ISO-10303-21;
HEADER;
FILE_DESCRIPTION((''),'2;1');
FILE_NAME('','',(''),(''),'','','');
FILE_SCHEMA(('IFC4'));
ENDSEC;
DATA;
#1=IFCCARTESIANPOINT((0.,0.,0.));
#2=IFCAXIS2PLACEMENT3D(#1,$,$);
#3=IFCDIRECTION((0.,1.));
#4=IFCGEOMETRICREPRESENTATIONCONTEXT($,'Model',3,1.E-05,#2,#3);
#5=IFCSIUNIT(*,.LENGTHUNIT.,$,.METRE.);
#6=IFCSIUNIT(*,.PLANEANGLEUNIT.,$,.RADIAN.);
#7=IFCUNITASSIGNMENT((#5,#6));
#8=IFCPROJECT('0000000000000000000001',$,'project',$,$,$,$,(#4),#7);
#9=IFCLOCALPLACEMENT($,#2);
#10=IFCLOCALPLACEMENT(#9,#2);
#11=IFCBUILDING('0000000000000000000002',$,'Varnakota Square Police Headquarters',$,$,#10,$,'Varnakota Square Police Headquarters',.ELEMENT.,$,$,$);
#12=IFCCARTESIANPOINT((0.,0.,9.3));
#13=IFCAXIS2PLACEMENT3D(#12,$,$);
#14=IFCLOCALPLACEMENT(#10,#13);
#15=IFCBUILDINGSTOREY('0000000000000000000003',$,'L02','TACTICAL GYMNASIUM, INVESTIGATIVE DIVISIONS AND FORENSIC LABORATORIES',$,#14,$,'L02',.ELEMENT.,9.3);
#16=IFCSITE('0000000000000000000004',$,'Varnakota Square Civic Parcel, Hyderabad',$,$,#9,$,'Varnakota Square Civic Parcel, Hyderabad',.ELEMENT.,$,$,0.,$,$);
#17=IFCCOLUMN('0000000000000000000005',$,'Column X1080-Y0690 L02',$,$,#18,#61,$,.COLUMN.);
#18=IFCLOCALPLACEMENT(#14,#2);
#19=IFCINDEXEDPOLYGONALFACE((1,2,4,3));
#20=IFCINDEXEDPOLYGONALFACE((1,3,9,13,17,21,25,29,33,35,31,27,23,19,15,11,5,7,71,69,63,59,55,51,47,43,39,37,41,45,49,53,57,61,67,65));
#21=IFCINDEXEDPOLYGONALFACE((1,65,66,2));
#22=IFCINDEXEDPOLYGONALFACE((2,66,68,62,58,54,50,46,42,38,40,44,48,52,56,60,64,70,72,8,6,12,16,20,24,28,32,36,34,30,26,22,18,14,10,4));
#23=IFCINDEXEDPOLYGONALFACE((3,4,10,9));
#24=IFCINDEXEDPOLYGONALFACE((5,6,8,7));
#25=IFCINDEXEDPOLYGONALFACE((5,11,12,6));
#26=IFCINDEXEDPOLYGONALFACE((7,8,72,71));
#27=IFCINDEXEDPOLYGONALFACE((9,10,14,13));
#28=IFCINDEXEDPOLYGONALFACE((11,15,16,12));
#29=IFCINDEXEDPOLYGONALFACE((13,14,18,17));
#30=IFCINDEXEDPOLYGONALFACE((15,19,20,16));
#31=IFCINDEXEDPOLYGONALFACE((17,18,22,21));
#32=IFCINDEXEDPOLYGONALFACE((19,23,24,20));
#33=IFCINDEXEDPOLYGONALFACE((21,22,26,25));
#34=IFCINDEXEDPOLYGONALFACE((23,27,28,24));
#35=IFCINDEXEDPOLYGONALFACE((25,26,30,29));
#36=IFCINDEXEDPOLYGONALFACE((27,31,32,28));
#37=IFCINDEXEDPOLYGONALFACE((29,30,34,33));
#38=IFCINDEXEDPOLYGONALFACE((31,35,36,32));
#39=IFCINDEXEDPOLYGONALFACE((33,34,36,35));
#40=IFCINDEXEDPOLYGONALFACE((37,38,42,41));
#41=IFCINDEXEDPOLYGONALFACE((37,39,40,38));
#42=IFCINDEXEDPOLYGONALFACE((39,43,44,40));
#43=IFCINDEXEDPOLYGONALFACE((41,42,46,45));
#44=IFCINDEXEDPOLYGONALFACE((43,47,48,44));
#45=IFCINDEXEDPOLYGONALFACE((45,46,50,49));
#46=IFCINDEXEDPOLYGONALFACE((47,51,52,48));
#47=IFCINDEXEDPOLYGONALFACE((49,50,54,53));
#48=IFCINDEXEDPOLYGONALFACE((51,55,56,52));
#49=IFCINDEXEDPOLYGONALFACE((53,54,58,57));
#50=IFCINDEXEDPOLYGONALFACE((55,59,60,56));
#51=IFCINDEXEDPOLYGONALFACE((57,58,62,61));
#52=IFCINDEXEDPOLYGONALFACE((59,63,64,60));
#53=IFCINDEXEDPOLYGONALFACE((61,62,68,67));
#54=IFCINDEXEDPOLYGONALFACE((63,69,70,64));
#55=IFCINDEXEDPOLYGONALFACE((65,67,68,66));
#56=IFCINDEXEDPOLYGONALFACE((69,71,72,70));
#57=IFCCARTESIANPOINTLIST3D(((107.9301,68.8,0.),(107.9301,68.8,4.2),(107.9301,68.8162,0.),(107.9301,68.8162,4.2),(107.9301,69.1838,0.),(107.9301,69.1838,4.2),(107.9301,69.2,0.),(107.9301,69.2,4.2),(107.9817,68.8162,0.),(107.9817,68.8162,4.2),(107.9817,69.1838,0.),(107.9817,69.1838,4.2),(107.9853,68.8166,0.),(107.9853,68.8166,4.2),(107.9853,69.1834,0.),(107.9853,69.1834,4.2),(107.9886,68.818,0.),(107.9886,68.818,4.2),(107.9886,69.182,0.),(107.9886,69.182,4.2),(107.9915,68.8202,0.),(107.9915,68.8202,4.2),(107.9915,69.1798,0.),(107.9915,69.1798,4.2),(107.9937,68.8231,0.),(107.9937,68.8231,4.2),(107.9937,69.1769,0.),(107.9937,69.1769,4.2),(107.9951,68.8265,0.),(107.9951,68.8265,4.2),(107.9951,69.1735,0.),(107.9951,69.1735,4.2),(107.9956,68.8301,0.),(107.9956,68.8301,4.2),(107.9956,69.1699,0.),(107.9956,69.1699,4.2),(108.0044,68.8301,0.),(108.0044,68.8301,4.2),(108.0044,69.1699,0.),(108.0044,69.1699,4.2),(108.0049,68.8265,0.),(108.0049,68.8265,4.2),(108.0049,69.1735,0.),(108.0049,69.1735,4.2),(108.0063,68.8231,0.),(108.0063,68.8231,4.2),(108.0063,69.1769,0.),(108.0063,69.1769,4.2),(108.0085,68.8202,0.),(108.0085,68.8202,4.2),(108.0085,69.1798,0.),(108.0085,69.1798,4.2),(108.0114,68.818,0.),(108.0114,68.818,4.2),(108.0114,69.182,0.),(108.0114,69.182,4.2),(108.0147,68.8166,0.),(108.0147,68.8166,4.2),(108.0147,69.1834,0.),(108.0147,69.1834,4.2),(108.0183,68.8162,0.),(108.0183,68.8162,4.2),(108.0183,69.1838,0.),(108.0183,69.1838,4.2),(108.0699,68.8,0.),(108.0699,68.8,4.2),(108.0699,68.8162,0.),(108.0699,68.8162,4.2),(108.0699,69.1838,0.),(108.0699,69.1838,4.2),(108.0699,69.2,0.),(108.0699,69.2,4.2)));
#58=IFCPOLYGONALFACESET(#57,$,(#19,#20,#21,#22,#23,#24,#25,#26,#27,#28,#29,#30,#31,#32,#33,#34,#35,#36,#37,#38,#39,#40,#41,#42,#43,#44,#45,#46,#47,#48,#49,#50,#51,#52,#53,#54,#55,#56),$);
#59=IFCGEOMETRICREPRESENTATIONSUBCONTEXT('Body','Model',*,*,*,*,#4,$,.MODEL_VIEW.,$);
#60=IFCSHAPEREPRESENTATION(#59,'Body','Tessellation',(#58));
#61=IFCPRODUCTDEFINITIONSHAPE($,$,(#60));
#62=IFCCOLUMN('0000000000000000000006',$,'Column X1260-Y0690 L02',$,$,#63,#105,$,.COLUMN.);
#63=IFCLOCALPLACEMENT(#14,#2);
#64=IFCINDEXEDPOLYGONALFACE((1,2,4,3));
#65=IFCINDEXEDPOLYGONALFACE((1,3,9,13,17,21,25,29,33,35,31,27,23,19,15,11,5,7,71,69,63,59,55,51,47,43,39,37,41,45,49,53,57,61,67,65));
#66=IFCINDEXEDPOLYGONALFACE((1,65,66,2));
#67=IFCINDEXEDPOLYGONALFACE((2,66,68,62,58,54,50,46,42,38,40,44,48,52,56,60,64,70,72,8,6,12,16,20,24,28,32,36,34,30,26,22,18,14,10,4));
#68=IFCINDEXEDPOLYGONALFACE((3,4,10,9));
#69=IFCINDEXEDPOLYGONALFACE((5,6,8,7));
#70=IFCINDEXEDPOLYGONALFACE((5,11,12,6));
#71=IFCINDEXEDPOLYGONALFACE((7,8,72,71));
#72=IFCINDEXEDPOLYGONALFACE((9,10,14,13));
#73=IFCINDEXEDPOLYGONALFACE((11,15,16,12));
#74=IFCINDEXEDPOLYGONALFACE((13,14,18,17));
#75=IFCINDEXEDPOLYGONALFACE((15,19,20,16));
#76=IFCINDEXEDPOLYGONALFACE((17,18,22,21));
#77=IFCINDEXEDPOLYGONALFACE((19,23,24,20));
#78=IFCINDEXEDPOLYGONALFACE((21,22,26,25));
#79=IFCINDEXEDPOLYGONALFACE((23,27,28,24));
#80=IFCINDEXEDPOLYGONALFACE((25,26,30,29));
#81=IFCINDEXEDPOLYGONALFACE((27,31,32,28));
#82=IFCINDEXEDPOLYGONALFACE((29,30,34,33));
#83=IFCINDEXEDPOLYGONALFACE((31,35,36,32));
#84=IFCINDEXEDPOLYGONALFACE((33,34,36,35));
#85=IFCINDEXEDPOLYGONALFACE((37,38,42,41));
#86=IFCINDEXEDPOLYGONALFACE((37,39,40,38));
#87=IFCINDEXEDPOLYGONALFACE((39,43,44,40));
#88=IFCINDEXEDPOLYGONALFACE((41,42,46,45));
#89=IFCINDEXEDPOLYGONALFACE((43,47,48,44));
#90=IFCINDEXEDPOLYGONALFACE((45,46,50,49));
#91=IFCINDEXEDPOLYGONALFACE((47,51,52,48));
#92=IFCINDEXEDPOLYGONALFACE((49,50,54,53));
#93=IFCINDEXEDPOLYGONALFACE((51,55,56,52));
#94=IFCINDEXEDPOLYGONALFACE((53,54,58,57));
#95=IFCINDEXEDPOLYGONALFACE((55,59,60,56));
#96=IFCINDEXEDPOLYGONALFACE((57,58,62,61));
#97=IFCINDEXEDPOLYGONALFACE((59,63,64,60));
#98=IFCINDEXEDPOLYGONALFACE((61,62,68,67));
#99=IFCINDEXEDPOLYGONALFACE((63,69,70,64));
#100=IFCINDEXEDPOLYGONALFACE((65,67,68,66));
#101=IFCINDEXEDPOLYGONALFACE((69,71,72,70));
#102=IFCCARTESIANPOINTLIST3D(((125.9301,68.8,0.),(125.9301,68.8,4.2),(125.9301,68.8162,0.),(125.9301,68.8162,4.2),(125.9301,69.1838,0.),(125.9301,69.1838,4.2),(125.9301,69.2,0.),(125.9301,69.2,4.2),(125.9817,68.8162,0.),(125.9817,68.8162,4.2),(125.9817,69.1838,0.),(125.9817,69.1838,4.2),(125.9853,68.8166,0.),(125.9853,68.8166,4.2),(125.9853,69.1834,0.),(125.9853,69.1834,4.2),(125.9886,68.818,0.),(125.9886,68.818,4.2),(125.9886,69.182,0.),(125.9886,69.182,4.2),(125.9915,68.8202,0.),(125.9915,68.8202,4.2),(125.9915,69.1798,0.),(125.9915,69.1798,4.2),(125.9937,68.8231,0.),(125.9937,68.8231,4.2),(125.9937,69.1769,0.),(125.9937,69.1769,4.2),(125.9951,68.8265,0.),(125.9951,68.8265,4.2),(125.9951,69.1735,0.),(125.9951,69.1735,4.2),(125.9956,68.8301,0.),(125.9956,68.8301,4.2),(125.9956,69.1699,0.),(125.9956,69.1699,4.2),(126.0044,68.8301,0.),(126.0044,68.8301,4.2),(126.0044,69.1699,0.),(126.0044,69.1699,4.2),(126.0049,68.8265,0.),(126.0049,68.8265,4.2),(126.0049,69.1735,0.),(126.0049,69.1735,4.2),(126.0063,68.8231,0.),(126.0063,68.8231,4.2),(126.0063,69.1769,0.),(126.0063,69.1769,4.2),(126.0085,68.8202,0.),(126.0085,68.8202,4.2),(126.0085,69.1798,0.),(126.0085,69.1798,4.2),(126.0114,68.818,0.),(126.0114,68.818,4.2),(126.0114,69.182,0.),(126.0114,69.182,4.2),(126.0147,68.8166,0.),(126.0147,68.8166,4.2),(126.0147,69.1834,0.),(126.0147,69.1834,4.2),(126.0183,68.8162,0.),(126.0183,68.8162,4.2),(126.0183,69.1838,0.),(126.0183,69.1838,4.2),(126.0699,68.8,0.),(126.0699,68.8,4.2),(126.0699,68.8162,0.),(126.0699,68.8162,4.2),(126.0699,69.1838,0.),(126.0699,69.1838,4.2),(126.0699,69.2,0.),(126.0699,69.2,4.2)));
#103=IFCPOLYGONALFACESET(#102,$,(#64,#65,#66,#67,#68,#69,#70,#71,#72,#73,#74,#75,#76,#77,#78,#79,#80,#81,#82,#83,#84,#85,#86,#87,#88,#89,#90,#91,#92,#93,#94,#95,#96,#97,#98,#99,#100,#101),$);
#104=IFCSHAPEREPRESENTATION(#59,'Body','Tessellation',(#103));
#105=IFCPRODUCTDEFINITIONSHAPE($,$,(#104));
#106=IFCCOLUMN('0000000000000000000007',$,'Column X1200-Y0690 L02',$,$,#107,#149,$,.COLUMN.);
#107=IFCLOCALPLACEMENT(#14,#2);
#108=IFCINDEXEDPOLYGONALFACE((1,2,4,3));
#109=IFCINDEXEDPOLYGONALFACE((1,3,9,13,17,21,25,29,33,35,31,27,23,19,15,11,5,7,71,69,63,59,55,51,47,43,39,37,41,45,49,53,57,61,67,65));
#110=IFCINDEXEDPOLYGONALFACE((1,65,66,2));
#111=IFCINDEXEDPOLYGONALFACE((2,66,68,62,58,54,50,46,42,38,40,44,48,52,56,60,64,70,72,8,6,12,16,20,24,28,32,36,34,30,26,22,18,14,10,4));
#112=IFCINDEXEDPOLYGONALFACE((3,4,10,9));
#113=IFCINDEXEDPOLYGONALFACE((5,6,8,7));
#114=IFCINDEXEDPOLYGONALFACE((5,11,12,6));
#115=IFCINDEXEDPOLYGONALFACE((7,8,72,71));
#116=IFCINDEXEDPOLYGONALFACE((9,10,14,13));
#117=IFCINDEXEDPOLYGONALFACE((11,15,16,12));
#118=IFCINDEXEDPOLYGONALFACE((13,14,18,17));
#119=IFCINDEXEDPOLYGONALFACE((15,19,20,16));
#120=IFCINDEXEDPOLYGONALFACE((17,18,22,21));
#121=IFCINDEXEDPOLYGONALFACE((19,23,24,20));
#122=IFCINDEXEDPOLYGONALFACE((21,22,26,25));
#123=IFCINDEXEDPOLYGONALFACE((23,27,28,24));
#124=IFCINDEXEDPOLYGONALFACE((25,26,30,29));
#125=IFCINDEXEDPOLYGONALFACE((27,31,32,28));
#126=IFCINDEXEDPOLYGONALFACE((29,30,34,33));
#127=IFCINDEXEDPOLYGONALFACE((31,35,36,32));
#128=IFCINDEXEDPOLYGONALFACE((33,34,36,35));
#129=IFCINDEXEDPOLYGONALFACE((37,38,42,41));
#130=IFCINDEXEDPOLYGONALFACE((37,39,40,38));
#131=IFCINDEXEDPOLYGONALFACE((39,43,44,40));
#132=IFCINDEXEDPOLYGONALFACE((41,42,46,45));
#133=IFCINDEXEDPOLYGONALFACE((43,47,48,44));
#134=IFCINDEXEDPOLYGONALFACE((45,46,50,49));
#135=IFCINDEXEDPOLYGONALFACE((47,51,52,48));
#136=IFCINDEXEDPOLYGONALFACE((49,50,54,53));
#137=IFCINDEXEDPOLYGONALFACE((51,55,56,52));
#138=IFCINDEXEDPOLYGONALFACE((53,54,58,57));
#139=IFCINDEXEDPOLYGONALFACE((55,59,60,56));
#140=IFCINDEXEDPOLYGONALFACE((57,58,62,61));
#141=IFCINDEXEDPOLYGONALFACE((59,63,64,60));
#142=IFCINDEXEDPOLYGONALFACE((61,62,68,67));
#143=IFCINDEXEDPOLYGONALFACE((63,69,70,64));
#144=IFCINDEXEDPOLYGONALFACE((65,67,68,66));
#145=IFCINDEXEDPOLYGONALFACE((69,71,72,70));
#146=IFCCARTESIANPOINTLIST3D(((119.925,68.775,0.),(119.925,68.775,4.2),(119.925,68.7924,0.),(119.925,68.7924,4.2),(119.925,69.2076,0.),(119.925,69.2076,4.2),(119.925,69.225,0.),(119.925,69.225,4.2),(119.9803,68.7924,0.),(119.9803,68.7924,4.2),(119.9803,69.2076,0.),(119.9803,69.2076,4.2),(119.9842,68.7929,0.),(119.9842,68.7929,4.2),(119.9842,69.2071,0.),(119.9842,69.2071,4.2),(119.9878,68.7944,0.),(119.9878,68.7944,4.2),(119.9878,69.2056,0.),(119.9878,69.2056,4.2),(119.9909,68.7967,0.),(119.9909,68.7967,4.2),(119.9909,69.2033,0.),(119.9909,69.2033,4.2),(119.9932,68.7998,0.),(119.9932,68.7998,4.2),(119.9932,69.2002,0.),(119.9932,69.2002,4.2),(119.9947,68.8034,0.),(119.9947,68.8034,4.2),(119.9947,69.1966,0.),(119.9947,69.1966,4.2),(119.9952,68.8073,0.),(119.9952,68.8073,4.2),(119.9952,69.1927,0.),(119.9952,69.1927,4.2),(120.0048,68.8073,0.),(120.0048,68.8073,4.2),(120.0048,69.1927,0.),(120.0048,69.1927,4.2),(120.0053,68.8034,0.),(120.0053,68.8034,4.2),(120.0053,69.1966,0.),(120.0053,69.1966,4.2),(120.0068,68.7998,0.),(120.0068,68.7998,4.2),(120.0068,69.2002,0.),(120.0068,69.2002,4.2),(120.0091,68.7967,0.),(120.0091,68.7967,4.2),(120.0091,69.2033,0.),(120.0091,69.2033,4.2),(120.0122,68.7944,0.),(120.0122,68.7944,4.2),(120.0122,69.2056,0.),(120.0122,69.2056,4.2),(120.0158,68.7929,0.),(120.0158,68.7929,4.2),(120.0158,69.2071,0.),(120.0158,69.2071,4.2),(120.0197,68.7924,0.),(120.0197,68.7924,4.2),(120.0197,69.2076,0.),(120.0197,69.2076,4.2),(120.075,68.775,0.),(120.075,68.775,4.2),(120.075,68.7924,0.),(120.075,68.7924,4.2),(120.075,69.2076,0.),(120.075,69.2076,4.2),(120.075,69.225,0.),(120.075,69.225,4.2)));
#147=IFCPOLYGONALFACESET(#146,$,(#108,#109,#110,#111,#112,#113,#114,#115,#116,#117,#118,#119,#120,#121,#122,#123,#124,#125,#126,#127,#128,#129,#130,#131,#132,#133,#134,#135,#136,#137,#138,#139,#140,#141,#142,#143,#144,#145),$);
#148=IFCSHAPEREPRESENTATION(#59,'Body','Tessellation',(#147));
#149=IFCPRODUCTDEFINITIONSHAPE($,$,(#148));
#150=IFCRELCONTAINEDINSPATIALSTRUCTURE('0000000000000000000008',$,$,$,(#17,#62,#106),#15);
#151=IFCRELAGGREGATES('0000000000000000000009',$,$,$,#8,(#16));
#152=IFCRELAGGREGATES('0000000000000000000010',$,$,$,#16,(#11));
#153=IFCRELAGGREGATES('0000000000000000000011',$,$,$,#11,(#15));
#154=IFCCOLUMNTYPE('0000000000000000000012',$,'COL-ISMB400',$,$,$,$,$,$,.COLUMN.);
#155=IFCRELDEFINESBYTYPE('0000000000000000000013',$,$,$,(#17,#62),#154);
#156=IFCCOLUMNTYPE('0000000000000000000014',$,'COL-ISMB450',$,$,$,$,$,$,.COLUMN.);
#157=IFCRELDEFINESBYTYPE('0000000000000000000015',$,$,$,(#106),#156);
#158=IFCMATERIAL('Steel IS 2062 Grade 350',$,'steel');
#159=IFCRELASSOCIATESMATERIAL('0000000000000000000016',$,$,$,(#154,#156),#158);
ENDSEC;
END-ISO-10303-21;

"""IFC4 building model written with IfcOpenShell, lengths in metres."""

from ifc_helpers import new_model, si_unit, direction, frame, origin, origin_2d, place, context, subcontext, project, spatial, i_section, extrude, material, material_profile, profile_set, type_object, element, save


model = new_model("IFC4")

# Units and contexts
model_context = context("Model", 3, precision=1e-05, world=origin(), true_north=direction((0.0, 1.0)))
body_context = subcontext(model_context, "Body", "Model", "MODEL_VIEW")
ifc_project = project(units=[si_unit("LENGTHUNIT", "METRE"), si_unit("PLANEANGLEUNIT", "RADIAN")], contexts=[model_context])

# Site, building, storey
site_placement = place(None, origin())
site = spatial("IfcSite", under=ifc_project, at=site_placement, Name="Varnakota Square Civic Parcel, Hyderabad", LongName="Varnakota Square Civic Parcel, Hyderabad", CompositionType="ELEMENT", RefElevation=0.0)
building_placement = place(site_placement, origin())
building = spatial("IfcBuilding", under=site, at=building_placement, Name="Varnakota Square Police Headquarters", LongName="Varnakota Square Police Headquarters", CompositionType="ELEMENT")
storey_placement = place(building_placement, frame((0.0, 0.0, 9.3)))
storey = spatial("IfcBuildingStorey", under=building, at=storey_placement, Name="L02", Description="TACTICAL GYMNASIUM, INVESTIGATIVE DIVISIONS AND FORENSIC LABORATORIES", LongName="L02", CompositionType="ELEMENT", Elevation=9.3)

# Columns
ifc_material_1 = material(Name="Steel IS 2062 Grade 350", Category="steel")
ifc_material_profile_1 = material_profile(ifc_material_1, i_section(OverallWidth=0.1399, OverallDepth=0.3999, WebThickness=0.0088, FlangeThickness=0.0161, FilletRadius=0.0139, at=origin_2d()), Name="ISMB 400")
ifc_profile_set_1 = profile_set([ifc_material_profile_1], Name="Steel IS 2062 Grade 350")
column_type_1 = type_object("IfcColumnType", Name="COL-ISMB400", PredefinedType="COLUMN", material=ifc_profile_set_1)
for number, where, z_axis, x_axis, name in (
    (1, (108.0, 69.0, 0.0), (0.0, 0.0, 1.0), (1.0, 0.0, 0.0), "Column X1080-Y0690 L02"),
    (2, (126.0, 69.0, 0.0), (0.0, 0.0, 1.0), (1.0, 0.0, 0.0), "Column X1260-Y0690 L02"),
):
    element("IfcColumn", number, at=place(storey_placement, frame(where, z_axis=z_axis, x_axis=x_axis)), inside=storey, type_object=column_type_1, Name=name, PredefinedType="COLUMN", context=body_context, shape_type="SweptSolid", body=[
        extrude(i_section(OverallWidth=0.1399, OverallDepth=0.3999, WebThickness=0.0088, FlangeThickness=0.0161, FilletRadius=0.0139, at=origin_2d()), origin(), (0.0, 0.0, 1.0), 4.2),
    ])
ifc_material_profile_2 = material_profile(ifc_material_1, i_section(OverallWidth=0.1499, OverallDepth=0.45, WebThickness=0.0095, FlangeThickness=0.0173, FilletRadius=0.0149, at=origin_2d()), Name="ISMB 450")
ifc_profile_set_2 = profile_set([ifc_material_profile_2], Name="Steel IS 2062 Grade 350")
column_type_2 = type_object("IfcColumnType", Name="COL-ISMB450", PredefinedType="COLUMN", material=ifc_profile_set_2)
column_placement = place(storey_placement, frame((120.0, 69.0, 0.0), z_axis=(0.0, 0.0, 1.0), x_axis=(1.0, 0.0, 0.0)))
element("IfcColumn", 3, at=column_placement, inside=storey, type_object=column_type_2, Name="Column X1200-Y0690 L02", PredefinedType="COLUMN", context=body_context, shape_type="SweptSolid", body=[
    extrude(i_section(OverallWidth=0.1499, OverallDepth=0.45, WebThickness=0.0095, FlangeThickness=0.0173, FilletRadius=0.0149, at=origin_2d()), origin(), (0.0, 0.0, 1.0), 4.2),
])

save(model, "model.ifc")
